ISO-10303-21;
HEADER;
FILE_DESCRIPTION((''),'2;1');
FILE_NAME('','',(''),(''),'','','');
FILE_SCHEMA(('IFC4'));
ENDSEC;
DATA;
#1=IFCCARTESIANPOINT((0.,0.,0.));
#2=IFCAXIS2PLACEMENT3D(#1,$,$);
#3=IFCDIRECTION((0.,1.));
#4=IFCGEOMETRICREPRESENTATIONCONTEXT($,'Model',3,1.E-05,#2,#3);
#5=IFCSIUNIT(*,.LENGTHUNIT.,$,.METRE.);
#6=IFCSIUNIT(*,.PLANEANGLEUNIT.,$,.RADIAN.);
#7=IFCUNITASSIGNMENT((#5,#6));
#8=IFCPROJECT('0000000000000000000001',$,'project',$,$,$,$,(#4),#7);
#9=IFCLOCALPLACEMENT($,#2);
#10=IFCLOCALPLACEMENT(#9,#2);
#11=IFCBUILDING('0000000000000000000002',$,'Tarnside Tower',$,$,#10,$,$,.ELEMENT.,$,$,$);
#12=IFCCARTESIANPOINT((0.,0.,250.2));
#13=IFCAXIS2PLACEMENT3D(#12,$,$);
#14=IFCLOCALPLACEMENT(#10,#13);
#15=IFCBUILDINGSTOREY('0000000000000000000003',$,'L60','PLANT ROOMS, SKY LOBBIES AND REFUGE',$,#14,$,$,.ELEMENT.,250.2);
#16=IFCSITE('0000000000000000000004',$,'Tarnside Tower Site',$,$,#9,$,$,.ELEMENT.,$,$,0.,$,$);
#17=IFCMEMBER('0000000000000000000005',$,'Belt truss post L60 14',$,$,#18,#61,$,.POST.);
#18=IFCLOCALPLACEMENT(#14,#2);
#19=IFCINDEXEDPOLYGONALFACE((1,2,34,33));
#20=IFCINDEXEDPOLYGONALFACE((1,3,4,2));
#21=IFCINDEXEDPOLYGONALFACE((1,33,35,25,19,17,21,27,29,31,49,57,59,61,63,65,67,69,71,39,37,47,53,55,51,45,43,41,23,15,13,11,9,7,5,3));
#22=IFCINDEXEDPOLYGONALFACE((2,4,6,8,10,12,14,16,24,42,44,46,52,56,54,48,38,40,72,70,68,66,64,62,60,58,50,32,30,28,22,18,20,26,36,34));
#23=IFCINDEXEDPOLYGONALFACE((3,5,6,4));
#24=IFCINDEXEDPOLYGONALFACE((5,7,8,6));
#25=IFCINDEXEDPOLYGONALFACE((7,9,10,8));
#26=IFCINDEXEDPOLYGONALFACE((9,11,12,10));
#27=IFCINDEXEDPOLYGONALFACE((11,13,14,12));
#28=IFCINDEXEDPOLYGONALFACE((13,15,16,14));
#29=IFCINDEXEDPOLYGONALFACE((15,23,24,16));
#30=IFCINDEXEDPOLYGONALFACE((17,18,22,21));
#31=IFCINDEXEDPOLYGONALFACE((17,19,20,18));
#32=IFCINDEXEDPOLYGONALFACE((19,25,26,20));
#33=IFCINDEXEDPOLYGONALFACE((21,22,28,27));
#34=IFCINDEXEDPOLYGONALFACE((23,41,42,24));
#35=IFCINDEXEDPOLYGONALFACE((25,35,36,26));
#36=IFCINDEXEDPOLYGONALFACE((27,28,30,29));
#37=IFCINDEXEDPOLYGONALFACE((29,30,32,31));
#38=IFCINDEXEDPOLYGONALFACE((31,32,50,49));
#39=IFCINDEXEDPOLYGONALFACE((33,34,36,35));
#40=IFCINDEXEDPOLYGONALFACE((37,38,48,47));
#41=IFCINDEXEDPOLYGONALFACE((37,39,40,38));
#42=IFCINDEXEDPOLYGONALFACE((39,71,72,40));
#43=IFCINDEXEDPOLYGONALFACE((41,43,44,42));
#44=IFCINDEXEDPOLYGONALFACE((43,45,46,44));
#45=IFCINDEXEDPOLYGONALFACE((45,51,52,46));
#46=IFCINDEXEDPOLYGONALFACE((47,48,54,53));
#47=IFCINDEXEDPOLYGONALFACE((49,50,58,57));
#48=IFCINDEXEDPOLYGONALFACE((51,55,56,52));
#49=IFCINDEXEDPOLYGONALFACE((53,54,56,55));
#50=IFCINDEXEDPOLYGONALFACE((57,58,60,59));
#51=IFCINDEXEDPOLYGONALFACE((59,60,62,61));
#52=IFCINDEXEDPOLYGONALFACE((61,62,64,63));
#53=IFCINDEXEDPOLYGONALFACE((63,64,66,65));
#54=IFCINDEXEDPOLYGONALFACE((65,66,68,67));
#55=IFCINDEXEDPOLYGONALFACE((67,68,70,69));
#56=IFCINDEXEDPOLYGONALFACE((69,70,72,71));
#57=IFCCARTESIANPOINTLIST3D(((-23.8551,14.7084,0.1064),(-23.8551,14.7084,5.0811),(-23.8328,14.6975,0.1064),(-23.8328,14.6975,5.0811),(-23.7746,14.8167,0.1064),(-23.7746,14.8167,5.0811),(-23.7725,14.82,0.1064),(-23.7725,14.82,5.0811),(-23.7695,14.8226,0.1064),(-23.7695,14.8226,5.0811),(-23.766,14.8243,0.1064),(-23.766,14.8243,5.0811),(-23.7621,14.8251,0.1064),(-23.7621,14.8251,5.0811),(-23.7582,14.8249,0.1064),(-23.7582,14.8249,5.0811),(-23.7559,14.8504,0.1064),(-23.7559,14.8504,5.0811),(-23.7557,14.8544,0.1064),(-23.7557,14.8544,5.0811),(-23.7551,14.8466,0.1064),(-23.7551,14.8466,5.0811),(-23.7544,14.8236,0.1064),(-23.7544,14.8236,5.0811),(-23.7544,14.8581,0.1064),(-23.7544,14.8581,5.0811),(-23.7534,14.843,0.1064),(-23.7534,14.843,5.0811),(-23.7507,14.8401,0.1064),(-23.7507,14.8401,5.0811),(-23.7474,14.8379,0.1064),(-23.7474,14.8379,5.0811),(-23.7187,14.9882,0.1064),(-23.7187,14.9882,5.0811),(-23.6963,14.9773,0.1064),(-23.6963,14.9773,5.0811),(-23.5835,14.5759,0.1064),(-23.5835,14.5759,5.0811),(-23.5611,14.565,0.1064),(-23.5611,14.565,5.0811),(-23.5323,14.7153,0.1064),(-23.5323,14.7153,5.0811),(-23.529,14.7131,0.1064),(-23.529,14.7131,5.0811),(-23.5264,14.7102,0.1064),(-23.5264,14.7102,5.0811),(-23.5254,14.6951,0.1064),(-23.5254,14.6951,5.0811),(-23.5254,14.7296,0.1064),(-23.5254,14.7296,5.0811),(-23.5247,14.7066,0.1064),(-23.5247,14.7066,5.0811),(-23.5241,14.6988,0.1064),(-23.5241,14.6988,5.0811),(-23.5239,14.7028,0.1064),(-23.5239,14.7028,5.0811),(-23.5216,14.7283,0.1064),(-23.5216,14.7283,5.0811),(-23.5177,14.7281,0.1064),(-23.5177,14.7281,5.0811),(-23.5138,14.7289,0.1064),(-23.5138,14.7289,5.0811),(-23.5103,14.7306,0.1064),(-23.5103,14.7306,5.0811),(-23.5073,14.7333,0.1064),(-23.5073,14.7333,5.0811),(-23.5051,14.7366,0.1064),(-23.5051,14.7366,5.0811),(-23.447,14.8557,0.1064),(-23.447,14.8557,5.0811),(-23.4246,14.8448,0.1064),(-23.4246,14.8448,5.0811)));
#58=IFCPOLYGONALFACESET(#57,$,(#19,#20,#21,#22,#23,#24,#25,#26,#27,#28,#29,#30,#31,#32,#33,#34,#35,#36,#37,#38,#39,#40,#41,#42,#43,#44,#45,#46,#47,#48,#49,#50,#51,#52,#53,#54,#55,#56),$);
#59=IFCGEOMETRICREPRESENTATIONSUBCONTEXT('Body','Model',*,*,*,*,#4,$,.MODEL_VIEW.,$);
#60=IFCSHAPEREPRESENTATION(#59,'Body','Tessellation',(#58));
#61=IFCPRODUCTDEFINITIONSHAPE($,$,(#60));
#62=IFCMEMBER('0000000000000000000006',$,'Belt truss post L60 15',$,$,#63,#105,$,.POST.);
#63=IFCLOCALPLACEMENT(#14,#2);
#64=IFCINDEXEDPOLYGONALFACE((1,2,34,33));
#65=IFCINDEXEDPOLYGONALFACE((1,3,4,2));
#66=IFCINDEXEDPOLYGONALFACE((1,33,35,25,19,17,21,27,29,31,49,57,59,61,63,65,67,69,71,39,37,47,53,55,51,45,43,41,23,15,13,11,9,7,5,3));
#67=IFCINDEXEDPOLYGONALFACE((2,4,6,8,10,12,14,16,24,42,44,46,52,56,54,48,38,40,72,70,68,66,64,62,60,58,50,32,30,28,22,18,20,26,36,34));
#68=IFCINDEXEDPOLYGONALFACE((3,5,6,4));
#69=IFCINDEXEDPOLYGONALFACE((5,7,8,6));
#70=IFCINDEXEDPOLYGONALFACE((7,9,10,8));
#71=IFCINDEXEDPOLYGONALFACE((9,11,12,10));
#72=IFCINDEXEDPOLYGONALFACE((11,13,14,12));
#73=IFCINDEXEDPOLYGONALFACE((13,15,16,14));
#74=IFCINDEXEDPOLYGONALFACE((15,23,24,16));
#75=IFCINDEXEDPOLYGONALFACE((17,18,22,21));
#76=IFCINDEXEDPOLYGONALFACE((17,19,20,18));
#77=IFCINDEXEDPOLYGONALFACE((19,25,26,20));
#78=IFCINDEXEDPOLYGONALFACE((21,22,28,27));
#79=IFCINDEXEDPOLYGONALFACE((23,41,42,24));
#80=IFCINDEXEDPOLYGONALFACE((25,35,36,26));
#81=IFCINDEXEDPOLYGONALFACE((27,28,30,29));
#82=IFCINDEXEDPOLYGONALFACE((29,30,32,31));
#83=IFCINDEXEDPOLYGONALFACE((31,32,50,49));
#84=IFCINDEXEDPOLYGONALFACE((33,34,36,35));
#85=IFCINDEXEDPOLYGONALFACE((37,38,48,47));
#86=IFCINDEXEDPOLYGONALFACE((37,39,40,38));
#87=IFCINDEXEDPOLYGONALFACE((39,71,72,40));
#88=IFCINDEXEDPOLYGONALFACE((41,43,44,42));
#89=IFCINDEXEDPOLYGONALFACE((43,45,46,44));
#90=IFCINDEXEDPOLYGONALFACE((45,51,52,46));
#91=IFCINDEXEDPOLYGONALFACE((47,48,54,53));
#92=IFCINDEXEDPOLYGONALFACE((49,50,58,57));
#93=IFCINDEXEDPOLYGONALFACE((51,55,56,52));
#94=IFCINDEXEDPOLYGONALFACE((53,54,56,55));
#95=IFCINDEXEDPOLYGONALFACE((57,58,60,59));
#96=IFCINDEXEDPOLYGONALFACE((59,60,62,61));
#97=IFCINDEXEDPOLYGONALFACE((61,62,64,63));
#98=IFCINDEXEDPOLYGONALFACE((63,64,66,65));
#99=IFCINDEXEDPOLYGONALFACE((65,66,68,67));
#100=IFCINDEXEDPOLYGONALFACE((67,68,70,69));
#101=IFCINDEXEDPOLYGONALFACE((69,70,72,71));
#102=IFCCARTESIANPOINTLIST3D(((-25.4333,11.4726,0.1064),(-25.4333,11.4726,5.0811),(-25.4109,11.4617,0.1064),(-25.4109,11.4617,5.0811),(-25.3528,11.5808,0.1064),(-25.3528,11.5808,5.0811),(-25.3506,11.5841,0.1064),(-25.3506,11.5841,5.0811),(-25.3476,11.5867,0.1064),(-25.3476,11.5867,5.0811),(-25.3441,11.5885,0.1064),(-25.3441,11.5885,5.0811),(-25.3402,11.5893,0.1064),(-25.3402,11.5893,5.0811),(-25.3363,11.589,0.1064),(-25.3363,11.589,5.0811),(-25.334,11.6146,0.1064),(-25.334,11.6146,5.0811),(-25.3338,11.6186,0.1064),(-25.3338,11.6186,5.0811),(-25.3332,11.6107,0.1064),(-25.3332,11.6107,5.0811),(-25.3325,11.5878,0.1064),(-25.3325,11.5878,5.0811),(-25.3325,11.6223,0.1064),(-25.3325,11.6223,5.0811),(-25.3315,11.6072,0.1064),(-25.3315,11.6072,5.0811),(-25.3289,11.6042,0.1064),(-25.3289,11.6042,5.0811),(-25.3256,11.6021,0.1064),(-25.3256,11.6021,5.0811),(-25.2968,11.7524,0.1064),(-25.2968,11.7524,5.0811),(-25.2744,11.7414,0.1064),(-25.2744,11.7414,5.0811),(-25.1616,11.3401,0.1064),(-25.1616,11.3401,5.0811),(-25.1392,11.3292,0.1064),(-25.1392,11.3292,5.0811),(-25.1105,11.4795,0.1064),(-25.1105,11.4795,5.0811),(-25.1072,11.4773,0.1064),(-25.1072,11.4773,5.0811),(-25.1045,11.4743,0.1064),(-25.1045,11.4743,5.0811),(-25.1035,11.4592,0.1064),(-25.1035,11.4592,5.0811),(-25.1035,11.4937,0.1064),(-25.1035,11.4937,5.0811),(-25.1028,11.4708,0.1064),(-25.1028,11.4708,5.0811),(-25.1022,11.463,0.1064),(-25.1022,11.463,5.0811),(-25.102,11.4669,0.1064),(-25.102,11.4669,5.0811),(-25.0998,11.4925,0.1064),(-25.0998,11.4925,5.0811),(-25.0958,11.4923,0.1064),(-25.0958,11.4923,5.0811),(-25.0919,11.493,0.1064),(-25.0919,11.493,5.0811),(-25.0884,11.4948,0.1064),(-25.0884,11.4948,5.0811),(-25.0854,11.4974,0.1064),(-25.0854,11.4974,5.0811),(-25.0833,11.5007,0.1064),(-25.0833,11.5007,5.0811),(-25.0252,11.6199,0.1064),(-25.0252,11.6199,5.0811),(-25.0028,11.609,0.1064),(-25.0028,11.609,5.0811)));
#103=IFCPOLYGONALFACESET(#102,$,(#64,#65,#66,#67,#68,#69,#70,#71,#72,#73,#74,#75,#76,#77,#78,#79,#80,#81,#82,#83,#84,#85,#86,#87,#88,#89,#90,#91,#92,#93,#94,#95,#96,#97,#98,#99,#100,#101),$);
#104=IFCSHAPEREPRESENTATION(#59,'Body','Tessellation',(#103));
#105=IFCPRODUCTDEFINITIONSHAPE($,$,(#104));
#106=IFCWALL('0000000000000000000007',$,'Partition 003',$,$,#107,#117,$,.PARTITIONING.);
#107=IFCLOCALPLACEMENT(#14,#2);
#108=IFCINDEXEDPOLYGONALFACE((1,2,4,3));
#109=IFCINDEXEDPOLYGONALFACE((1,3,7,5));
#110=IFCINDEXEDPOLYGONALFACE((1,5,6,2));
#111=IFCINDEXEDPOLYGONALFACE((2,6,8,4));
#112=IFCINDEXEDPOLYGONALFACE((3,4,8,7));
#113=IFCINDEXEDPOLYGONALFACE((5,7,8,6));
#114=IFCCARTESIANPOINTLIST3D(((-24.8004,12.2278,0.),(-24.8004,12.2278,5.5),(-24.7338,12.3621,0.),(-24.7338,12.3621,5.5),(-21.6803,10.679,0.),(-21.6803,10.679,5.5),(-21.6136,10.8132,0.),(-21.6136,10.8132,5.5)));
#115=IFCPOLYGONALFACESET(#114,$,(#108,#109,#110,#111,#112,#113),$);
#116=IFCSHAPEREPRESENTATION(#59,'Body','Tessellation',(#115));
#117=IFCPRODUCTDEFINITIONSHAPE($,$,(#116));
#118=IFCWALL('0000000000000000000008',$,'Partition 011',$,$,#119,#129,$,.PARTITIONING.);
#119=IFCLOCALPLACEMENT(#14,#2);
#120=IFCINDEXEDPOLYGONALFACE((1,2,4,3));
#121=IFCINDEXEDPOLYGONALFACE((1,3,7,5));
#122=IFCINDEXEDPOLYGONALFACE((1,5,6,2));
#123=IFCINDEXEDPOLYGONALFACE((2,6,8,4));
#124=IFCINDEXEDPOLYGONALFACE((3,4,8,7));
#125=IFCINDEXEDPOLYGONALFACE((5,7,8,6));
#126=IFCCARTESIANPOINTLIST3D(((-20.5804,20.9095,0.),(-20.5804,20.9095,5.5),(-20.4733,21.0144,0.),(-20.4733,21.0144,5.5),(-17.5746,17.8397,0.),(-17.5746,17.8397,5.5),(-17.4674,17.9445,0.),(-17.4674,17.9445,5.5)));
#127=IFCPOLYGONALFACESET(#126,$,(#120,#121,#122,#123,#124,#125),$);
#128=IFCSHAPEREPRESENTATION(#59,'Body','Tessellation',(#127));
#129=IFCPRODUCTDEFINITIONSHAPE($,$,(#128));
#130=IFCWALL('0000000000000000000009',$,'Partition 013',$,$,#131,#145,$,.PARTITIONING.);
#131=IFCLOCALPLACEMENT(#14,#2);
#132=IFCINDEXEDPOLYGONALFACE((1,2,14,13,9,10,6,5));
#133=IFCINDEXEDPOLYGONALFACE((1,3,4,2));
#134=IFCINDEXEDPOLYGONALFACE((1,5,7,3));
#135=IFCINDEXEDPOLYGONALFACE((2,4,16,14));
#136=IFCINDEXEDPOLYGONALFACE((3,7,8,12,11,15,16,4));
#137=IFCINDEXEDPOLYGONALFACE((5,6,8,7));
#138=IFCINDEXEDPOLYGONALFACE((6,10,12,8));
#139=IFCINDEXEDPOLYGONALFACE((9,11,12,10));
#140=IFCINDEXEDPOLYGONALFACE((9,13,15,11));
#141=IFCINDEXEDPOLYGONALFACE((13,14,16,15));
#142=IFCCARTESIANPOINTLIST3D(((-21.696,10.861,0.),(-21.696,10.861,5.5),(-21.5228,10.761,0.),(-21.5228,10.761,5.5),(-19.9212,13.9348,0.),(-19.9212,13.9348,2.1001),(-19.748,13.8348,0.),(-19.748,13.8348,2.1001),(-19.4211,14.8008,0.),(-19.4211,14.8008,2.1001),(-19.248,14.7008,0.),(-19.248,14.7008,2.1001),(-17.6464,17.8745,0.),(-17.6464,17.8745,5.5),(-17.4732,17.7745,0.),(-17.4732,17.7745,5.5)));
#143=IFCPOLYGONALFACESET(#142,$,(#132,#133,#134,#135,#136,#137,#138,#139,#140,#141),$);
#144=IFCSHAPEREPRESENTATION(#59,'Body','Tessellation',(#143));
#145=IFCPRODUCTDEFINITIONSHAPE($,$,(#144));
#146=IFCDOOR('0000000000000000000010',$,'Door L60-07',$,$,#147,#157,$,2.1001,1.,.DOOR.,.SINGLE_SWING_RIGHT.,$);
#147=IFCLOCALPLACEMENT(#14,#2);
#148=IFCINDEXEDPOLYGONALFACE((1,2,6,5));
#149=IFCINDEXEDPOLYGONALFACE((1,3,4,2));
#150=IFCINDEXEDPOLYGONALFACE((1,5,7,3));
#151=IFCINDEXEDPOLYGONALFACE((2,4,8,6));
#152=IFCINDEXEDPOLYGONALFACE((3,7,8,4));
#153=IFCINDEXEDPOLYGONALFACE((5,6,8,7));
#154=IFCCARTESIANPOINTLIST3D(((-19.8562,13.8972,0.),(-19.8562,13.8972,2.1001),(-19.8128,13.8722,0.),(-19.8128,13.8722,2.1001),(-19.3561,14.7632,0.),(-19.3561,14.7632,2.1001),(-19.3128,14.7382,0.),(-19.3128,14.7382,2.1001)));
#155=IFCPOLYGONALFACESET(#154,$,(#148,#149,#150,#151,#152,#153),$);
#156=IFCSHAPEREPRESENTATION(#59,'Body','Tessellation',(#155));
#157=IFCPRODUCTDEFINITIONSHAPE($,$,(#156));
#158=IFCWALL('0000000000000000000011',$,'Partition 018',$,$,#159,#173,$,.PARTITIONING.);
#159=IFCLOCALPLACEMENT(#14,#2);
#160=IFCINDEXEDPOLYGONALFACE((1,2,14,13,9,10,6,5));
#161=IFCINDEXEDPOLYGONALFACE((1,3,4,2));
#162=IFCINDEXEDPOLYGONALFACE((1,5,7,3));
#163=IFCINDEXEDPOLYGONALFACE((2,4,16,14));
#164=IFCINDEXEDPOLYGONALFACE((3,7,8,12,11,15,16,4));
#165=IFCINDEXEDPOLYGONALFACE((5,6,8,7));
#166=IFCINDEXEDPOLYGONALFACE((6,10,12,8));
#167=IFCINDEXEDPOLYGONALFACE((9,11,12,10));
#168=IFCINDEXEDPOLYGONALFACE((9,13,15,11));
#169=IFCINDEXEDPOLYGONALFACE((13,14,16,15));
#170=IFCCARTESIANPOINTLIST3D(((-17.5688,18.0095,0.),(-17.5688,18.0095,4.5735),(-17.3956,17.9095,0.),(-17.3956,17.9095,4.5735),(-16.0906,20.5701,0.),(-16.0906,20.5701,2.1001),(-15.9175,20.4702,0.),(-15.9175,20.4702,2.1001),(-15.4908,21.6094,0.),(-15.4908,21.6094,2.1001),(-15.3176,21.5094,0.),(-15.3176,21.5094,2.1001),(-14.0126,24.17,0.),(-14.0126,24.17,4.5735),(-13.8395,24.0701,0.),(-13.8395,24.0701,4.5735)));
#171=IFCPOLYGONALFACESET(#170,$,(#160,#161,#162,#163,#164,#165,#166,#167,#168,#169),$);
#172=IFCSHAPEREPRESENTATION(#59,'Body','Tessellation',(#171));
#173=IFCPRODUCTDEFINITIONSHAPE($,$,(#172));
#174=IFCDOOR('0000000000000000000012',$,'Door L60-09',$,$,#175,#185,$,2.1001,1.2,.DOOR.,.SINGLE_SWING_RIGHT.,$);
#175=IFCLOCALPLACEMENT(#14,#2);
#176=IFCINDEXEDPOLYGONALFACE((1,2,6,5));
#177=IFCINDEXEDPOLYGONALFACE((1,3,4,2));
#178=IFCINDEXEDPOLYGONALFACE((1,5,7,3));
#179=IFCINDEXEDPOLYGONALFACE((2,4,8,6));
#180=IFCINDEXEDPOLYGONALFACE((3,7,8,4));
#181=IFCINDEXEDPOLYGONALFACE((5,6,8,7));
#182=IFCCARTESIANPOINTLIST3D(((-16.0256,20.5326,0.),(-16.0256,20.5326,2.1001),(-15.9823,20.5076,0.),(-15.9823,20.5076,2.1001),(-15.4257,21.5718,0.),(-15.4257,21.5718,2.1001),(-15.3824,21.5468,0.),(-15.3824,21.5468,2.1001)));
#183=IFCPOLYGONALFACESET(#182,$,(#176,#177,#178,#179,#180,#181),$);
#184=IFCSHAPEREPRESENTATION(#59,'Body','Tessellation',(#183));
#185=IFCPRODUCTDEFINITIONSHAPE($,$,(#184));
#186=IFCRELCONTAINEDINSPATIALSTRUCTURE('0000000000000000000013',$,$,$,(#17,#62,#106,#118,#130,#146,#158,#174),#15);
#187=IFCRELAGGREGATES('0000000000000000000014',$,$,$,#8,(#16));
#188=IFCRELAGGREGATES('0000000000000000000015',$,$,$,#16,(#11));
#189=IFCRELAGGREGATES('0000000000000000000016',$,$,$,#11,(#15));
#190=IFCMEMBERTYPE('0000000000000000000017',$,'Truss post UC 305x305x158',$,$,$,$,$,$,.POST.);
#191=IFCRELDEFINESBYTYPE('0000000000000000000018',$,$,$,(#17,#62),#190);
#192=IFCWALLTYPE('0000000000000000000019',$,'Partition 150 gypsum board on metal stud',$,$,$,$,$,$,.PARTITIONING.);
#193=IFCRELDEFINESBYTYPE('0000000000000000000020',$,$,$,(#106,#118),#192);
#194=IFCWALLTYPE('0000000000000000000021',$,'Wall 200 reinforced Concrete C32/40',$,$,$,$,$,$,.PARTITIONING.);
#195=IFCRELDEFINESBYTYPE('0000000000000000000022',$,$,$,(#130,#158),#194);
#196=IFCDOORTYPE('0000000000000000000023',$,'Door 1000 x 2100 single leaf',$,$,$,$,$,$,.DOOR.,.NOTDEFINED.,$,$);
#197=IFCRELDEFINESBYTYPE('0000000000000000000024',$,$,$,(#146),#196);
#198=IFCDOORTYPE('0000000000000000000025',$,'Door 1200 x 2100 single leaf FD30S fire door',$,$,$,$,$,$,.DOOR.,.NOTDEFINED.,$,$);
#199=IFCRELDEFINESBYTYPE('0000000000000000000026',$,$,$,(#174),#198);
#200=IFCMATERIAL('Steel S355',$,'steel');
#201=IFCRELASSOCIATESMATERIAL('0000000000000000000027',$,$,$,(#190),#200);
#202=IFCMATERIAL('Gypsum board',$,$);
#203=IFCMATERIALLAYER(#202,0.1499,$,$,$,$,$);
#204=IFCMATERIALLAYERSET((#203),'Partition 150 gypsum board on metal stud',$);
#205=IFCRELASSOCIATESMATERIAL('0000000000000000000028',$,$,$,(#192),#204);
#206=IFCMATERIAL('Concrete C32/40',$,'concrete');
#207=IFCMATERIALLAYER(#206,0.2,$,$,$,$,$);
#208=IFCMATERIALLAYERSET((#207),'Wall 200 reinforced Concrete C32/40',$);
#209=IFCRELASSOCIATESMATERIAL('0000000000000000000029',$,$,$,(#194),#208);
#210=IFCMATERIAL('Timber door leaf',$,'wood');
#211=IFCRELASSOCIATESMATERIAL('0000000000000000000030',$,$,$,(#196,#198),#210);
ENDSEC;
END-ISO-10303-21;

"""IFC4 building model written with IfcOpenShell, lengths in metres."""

from ifc_helpers import new_model, si_unit, direction, frame, frame_2d, origin, origin_2d, place, context, subcontext, project, spatial, rectangle, i_section, extrude, material, layer, layer_set, material_profile, profile_set, type_object, element, fill, save


model = new_model("IFC4")

# Units and contexts
model_context = context("Model", 3, precision=1e-05, world=origin(), true_north=direction((0.0, 1.0)))
body_context = subcontext(model_context, "Body", "Model", "MODEL_VIEW")
ifc_project = project(units=[si_unit("LENGTHUNIT", "METRE"), si_unit("PLANEANGLEUNIT", "RADIAN")], contexts=[model_context])

# Site, building, storey
site_placement = place(None, origin())
site = spatial("IfcSite", under=ifc_project, at=site_placement, Name="Tarnside Tower Site", CompositionType="ELEMENT", RefElevation=0.0)
building_placement = place(site_placement, origin())
building = spatial("IfcBuilding", under=site, at=building_placement, Name="Tarnside Tower", CompositionType="ELEMENT")
storey_placement = place(building_placement, frame((0.0, 0.0, 250.2)))
storey = spatial("IfcBuildingStorey", under=building, at=storey_placement, Name="L60", Description="PLANT ROOMS, SKY LOBBIES AND REFUGE", CompositionType="ELEMENT", Elevation=250.2)

# Shared definitions
ifc_material_1 = material(Name="Steel S355", Category="steel")

# Members
ifc_material_profile_1 = material_profile(ifc_material_1, i_section(OverallWidth=0.3113, OverallDepth=0.3271, WebThickness=0.0159, FlangeThickness=0.0249, FilletRadius=0.0151, at=origin_2d()), Name="UC 305x305x158")
ifc_profile_set_1 = profile_set([ifc_material_profile_1], Name="Steel S355")
member_type_1 = type_object("IfcMemberType", Name="Truss post UC 305x305x158", PredefinedType="POST", material=ifc_profile_set_1)
for number, where, z_axis, x_axis, name in (
    (1, (-23.6399, 14.7766, 0.1064), (0.0, 0.0, 1.0), (-0.438371, -0.898794, 0.0), "Belt truss post L60 14"),
    (2, (-25.218, 11.5408, 0.1064), (0.0, 0.0, 1.0), (-0.438371, -0.898794, 0.0), "Belt truss post L60 15"),
):
    element("IfcMember", number, at=place(storey_placement, frame(where, z_axis=z_axis, x_axis=x_axis)), inside=storey, type_object=member_type_1, Name=name, PredefinedType="POST", context=body_context, shape_type="SweptSolid", body=[
        extrude(i_section(OverallWidth=0.3113, OverallDepth=0.3271, WebThickness=0.0159, FlangeThickness=0.0249, FilletRadius=0.0151, at=origin_2d()), origin(), (0.0, 0.0, 1.0), 4.9746),
    ])

# Walls
ifc_material_2 = material(Name="Gypsum board")
ifc_layer_1 = layer(ifc_material_2, 0.1499)
ifc_layer_set_1 = layer_set([ifc_layer_1], Name="Partition 150 gypsum board on metal stud")
wall_type_1 = type_object("IfcWallType", Name="Partition 150 gypsum board on metal stud", PredefinedType="PARTITIONING", material=ifc_layer_set_1)
wall_1_placement = place(storey_placement, frame((-24.7671, 12.2949, 0.0), z_axis=(0.0, 0.0, 1.0), x_axis=(0.895713, -0.444633, 0.0)))
element("IfcWall", 3, at=wall_1_placement, inside=storey, type_object=wall_type_1, Name="Partition 003", PredefinedType="PARTITIONING", context=body_context, shape_type="SweptSolid", body=[
    extrude(rectangle(XDim=3.4834, YDim=0.1499, at=frame_2d((1.7417, 0.0))), origin(), (0.0, 0.0, 1.0), 5.5),
])
wall_2_placement = place(storey_placement, frame((-20.5269, 20.9619, 0.0), z_axis=(0.0, 0.0, 1.0), x_axis=(0.699624, -0.714512, 0.0)))
element("IfcWall", 4, at=wall_2_placement, inside=storey, type_object=wall_type_1, Name="Partition 011", PredefinedType="PARTITIONING", context=body_context, shape_type="SweptSolid", body=[
    extrude(rectangle(XDim=4.2964, YDim=0.1499, at=frame_2d((2.1482, 0.0))), origin(), (0.0, 0.0, 1.0), 5.5),
])

# Walls, openings, doors
ifc_material_3 = material(Name="Concrete C32/40", Category="concrete")
ifc_layer_2 = layer(ifc_material_3, 0.2)
ifc_layer_set_2 = layer_set([ifc_layer_2], Name="Wall 200 reinforced Concrete C32/40")
wall_type_2 = type_object("IfcWallType", Name="Wall 200 reinforced Concrete C32/40", PredefinedType="PARTITIONING", material=ifc_layer_set_2)
wall_3_placement = place(storey_placement, frame((-21.6094, 10.811, 0.0), z_axis=(0.0, 0.0, 1.0), x_axis=(0.500033, 0.866006, 0.0)))
wall_3 = element("IfcWall", 5, at=wall_3_placement, inside=storey, type_object=wall_type_2, Name="Partition 013", PredefinedType="PARTITIONING", context=body_context, shape_type="SweptSolid", body=[
    extrude(rectangle(XDim=8.0986, YDim=0.2, at=frame_2d((4.0493, 0.0))), origin(), (0.0, 0.0, 1.0), 5.5),
])
opening_1_placement = place(wall_3_placement, frame((3.5493, 0.0, 0.0)))
opening_1 = element("IfcOpeningElement", 6, at=opening_1_placement, cuts=wall_3, PredefinedType="OPENING", context=body_context, shape_type="SweptSolid", body=[
    extrude(rectangle(XDim=1.0, YDim=2.1001, at=frame_2d((0.5, 1.05))), frame((0.0, 0.1099, 0.0), z_axis=(0.0, -1.0, 0.0), x_axis=(1.0, 0.0, 0.0)), (0.0, 0.0, 1.0), 0.22),
])
ifc_material_4 = material(Name="Timber door leaf", Category="wood")
door_type_1 = type_object("IfcDoorType", Name="Door 1000 x 2100 single leaf", OperationType="NOTDEFINED", PredefinedType="DOOR", material=ifc_material_4)
door_1_placement = place(opening_1_placement, origin())
door_1 = element("IfcDoor", 7, at=door_1_placement, inside=storey, type_object=door_type_1, Name="Door L60-07", OperationType="SINGLE_SWING_RIGHT", OverallHeight=2.1001, OverallWidth=1.0, PredefinedType="DOOR", context=body_context, shape_type="SweptSolid", body=[
    extrude(rectangle(XDim=1.0, YDim=2.1001, at=frame_2d((0.5, 1.05))), frame((0.0, 0.0249, 0.0), z_axis=(0.0, -1.0, 0.0), x_axis=(1.0, 0.0, 0.0)), (0.0, 0.0, 1.0), 0.05),
])
fill(opening_1, door_1)
wall_4_placement = place(storey_placement, frame((-17.4822, 17.9595, 0.0), z_axis=(0.0, 0.0, 1.0), x_axis=(0.499926, 0.866068, 0.0)))
wall_4 = element("IfcWall", 8, at=wall_4_placement, inside=storey, type_object=wall_type_2, Name="Partition 018", PredefinedType="PARTITIONING", context=body_context, shape_type="SweptSolid", body=[
    extrude(rectangle(XDim=7.1133, YDim=0.2, at=frame_2d((3.5566, 0.0))), origin(), (0.0, 0.0, 1.0), 4.5735),
])
opening_2_placement = place(wall_4_placement, frame((2.9565, 0.0, 0.0)))
opening_2 = element("IfcOpeningElement", 9, at=opening_2_placement, cuts=wall_4, PredefinedType="OPENING", context=body_context, shape_type="SweptSolid", body=[
    extrude(rectangle(XDim=1.2, YDim=2.1001, at=frame_2d((0.6001, 1.05))), frame((0.0, 0.1099, 0.0), z_axis=(0.0, -1.0, 0.0), x_axis=(1.0, 0.0, 0.0)), (0.0, 0.0, 1.0), 0.22),
])
door_type_2 = type_object("IfcDoorType", Name="Door 1200 x 2100 single leaf FD30S fire door", OperationType="NOTDEFINED", PredefinedType="DOOR", material=ifc_material_4)
door_2_placement = place(opening_2_placement, origin())
door_2 = element("IfcDoor", 10, at=door_2_placement, inside=storey, type_object=door_type_2, Name="Door L60-09", OperationType="SINGLE_SWING_RIGHT", OverallHeight=2.1001, OverallWidth=1.2, PredefinedType="DOOR", context=body_context, shape_type="SweptSolid", body=[
    extrude(rectangle(XDim=1.2, YDim=2.1001, at=frame_2d((0.6001, 1.05))), frame((0.0, 0.0249, 0.0), z_axis=(0.0, -1.0, 0.0), x_axis=(1.0, 0.0, 0.0)), (0.0, 0.0, 1.0), 0.05),
])
fill(opening_2, door_2)

save(model, "model.ifc")
